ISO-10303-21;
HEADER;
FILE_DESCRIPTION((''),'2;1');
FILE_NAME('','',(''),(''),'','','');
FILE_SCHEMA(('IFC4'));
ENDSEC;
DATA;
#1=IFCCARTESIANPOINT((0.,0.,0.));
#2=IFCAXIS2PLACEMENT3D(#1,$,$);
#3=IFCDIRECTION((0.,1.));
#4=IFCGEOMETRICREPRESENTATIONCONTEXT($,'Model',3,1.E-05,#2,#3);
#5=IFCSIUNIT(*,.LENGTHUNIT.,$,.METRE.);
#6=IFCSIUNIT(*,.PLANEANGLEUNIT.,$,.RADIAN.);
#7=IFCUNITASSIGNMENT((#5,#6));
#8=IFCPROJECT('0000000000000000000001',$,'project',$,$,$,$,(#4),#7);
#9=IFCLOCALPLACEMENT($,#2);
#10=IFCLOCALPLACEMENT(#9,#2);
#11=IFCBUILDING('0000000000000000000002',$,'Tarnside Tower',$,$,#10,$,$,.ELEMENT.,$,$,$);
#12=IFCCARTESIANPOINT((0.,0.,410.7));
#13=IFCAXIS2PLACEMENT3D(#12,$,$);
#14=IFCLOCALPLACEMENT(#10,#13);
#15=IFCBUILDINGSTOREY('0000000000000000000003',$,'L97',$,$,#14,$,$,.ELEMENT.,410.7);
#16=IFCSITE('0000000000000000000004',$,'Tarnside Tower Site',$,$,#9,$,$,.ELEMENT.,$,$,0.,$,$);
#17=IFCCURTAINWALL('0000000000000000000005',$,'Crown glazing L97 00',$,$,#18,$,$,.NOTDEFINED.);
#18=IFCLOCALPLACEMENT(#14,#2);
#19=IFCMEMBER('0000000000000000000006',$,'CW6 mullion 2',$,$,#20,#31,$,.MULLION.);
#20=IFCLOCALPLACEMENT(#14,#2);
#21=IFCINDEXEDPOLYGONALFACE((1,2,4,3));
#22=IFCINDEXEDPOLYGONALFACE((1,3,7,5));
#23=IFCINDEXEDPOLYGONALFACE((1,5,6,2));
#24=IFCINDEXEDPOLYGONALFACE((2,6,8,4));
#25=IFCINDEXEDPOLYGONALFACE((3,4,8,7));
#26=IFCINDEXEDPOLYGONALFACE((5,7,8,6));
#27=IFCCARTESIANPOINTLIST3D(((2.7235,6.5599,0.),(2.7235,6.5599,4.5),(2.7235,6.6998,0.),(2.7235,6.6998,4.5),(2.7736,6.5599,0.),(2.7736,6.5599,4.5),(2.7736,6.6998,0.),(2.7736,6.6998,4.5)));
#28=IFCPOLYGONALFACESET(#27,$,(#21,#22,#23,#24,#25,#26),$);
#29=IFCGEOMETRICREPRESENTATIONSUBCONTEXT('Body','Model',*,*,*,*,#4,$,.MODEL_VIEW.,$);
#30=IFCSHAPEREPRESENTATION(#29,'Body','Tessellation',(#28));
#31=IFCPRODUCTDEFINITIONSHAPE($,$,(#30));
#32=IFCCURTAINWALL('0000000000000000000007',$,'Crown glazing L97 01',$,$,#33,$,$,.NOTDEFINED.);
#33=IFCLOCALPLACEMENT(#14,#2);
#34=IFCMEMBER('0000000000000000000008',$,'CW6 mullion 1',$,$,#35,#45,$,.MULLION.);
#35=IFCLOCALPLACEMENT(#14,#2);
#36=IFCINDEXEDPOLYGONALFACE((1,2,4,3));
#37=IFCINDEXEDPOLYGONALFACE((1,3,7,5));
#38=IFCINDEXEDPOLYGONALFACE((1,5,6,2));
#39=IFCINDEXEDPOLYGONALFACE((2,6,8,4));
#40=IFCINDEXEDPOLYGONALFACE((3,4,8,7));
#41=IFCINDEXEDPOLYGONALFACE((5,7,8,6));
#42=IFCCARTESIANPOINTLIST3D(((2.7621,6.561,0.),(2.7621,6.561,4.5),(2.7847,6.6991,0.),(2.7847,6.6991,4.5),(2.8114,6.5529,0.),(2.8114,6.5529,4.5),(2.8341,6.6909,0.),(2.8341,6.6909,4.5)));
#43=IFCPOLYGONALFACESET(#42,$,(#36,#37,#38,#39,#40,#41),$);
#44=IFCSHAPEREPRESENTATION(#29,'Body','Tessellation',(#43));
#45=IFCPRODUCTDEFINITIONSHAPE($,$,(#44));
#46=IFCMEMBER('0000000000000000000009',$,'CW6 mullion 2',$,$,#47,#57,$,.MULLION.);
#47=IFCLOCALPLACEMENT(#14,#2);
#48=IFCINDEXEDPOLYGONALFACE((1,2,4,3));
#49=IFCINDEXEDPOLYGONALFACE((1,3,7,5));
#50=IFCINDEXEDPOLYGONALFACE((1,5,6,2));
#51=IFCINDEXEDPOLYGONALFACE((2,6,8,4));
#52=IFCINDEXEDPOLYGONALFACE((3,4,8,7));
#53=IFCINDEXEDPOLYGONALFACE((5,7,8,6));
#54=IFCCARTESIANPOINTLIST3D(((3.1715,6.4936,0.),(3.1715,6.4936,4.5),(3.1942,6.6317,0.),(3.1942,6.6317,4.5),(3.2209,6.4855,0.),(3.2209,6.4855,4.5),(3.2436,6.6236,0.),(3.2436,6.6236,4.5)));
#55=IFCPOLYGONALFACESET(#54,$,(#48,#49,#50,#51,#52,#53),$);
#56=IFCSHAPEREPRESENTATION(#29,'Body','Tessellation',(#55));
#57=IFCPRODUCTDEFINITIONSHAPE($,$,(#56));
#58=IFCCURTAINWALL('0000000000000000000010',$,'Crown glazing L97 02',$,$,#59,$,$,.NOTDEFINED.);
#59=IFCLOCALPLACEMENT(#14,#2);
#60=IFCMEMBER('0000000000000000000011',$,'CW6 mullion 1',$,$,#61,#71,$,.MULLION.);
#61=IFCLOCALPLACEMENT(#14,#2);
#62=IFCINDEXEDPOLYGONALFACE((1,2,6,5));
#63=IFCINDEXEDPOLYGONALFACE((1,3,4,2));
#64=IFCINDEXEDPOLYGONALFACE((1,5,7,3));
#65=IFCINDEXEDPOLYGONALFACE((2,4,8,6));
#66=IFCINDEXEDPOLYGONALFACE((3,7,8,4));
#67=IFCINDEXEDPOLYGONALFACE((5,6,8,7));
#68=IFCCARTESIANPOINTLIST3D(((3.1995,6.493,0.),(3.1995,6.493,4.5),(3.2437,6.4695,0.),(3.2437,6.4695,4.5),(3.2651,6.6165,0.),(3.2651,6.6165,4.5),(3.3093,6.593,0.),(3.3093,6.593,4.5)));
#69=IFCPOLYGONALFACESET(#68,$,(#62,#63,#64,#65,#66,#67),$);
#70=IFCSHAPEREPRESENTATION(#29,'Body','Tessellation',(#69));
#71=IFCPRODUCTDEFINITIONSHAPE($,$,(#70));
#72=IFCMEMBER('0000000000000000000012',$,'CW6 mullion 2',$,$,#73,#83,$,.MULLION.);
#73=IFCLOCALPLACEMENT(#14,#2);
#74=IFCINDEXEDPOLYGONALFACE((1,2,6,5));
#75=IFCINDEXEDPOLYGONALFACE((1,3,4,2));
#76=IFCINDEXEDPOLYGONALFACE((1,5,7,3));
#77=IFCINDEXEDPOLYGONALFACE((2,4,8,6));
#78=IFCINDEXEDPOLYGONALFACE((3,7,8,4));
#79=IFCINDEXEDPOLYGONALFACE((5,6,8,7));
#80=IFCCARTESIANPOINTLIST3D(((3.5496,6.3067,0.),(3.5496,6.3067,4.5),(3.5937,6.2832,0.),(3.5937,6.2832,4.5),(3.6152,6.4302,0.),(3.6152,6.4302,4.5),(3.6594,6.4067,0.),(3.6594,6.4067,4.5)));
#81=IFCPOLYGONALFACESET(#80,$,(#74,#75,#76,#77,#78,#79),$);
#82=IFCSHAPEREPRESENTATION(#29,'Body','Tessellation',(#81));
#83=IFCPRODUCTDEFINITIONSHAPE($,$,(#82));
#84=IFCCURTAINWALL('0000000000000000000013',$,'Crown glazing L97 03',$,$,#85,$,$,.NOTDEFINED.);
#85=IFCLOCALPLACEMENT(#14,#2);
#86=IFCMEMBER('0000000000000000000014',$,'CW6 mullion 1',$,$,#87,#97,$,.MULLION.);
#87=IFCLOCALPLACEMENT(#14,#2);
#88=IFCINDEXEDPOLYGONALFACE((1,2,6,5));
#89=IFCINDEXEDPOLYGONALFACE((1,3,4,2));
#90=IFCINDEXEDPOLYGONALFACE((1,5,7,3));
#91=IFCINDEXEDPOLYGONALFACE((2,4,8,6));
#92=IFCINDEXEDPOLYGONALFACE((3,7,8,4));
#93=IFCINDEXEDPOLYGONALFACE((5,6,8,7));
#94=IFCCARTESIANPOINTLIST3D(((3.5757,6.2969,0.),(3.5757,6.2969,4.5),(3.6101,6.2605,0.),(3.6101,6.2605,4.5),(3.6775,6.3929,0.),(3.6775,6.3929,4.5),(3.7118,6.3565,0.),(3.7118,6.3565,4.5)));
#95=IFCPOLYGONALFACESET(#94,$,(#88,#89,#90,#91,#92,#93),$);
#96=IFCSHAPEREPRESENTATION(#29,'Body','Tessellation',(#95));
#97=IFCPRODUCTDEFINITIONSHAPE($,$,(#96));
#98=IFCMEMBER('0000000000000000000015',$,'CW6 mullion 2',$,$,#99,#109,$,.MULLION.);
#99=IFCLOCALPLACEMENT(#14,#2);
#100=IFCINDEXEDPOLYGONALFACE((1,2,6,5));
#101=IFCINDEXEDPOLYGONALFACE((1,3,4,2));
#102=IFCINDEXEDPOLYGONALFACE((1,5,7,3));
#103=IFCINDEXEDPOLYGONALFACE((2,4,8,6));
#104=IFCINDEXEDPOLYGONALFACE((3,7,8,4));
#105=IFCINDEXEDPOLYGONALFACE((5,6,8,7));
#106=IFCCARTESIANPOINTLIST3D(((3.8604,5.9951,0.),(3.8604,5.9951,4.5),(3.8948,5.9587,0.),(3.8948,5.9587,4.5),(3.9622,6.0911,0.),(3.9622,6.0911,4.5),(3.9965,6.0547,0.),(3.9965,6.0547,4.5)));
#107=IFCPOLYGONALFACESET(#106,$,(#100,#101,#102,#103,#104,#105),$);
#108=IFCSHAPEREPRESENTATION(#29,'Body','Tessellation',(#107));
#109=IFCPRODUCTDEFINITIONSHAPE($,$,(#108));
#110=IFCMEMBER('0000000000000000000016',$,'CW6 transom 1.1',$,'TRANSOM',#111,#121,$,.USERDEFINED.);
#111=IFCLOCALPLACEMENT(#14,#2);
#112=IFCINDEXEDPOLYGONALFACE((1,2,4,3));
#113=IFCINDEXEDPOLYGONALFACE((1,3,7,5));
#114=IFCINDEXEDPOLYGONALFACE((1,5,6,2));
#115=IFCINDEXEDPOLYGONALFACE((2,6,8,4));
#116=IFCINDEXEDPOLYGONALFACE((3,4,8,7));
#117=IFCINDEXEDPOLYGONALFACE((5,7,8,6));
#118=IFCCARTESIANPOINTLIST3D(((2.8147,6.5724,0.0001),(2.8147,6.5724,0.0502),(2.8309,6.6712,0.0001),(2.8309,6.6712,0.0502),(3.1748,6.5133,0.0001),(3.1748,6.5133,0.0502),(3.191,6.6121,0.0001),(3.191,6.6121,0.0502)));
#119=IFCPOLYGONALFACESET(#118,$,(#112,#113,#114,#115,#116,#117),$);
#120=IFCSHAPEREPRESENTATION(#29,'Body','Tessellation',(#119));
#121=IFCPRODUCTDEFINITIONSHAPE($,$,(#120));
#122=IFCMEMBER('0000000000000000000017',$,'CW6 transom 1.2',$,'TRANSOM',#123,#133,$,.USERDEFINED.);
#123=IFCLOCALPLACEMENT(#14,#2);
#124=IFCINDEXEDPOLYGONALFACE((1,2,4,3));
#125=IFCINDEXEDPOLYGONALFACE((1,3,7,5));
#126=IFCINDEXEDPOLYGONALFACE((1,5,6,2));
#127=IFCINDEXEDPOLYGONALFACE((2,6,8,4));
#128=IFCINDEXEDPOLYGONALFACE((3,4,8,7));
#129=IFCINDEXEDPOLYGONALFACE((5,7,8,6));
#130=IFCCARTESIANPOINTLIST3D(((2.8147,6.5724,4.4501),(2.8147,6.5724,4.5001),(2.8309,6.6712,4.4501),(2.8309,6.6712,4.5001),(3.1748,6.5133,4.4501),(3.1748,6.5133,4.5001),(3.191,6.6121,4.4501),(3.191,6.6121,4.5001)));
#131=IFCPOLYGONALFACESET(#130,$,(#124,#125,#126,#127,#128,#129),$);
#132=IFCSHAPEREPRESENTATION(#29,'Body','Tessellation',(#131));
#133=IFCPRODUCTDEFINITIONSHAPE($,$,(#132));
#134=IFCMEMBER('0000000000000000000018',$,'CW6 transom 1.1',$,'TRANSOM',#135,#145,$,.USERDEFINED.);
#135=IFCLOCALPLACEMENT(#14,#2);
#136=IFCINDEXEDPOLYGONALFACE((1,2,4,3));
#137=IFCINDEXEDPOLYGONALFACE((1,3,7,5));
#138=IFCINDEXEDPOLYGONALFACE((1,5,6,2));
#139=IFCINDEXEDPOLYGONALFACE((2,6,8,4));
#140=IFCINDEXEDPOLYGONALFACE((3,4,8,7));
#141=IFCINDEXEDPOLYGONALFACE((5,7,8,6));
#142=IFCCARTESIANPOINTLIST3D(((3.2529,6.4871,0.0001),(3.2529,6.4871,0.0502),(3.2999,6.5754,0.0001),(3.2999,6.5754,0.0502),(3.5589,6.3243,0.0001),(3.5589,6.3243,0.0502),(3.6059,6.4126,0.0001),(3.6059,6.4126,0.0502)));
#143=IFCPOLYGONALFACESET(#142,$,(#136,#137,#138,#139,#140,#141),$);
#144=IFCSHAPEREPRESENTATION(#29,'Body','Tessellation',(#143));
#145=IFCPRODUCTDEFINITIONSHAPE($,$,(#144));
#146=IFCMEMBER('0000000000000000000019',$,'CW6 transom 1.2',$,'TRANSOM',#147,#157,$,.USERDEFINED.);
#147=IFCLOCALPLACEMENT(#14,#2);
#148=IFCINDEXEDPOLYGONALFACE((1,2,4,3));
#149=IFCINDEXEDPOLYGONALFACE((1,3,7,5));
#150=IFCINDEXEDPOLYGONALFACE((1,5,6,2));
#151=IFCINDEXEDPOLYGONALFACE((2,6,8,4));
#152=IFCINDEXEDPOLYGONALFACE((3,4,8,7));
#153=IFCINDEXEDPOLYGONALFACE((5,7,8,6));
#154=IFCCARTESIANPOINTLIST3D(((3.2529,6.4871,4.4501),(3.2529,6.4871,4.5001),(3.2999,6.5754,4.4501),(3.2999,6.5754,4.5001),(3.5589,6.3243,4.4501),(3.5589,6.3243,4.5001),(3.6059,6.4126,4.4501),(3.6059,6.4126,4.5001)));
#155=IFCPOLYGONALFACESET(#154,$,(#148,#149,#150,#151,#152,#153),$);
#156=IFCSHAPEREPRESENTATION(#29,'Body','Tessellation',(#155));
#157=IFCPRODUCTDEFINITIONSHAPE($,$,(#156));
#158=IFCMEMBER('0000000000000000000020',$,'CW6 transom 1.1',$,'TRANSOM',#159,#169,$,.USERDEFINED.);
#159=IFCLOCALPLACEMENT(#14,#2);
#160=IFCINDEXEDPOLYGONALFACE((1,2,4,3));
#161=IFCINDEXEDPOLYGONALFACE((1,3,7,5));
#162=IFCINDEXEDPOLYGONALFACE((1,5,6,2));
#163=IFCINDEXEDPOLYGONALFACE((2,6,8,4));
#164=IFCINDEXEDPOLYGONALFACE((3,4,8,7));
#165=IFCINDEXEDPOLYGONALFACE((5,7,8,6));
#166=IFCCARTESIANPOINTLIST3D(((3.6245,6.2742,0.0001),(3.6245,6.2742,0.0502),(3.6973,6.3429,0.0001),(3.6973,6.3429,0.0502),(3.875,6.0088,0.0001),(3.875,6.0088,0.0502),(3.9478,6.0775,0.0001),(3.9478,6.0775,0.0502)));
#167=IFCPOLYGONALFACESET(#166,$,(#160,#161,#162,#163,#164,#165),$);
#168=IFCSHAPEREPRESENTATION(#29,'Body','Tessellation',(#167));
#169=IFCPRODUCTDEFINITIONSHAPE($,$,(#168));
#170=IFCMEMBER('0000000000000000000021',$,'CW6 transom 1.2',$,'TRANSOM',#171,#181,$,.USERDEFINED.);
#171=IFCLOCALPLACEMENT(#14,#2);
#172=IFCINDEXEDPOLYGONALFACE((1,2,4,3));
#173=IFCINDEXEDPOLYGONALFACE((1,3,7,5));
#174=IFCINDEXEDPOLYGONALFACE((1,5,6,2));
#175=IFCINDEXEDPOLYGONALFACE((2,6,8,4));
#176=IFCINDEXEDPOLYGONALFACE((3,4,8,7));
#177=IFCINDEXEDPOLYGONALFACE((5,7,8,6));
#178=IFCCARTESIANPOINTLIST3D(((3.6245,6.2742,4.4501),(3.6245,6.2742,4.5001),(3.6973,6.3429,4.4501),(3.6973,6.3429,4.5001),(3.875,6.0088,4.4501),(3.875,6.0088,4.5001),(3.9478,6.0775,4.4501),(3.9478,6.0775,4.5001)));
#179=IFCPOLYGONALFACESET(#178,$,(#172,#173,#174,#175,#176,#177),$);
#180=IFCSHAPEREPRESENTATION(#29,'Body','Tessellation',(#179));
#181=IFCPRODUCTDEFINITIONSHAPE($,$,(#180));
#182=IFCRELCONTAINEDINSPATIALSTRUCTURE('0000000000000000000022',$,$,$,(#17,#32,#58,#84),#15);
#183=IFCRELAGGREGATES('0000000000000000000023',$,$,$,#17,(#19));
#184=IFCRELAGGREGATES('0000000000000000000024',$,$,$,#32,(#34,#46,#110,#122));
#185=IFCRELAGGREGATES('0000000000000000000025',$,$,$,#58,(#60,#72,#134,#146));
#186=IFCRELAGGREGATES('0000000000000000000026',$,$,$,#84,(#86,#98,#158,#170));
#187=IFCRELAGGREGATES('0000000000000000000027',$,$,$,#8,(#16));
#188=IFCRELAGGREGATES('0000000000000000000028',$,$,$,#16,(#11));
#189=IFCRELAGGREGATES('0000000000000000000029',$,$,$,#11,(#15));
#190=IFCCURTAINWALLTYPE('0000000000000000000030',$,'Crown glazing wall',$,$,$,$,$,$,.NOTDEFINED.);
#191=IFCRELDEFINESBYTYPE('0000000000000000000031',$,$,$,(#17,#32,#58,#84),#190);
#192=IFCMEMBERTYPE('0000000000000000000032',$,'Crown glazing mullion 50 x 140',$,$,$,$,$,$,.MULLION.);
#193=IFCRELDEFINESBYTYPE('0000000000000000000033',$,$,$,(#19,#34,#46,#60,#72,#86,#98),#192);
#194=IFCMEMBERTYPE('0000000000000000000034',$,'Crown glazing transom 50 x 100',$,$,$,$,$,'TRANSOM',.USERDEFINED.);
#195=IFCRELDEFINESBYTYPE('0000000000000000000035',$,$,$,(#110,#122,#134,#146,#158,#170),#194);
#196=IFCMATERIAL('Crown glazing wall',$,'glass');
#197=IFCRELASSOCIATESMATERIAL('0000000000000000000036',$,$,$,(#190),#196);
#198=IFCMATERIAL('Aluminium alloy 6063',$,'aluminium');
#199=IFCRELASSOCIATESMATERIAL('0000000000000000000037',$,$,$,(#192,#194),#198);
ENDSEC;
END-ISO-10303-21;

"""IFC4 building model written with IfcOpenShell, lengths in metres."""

from ifc_helpers import new_model, si_unit, direction, frame, origin, origin_2d, place, context, subcontext, project, spatial, rectangle, extrude, material, material_profile, profile_set, type_object, element, aggregate, save


model = new_model("IFC4")

# Units and contexts
model_context = context("Model", 3, precision=1e-05, world=origin(), true_north=direction((0.0, 1.0)))
body_context = subcontext(model_context, "Body", "Model", "MODEL_VIEW")
ifc_project = project(units=[si_unit("LENGTHUNIT", "METRE"), si_unit("PLANEANGLEUNIT", "RADIAN")], contexts=[model_context])

# Site, building, storey
site_placement = place(None, origin())
site = spatial("IfcSite", under=ifc_project, at=site_placement, Name="Tarnside Tower Site", CompositionType="ELEMENT", RefElevation=0.0)
building_placement = place(site_placement, origin())
building = spatial("IfcBuilding", under=site, at=building_placement, Name="Tarnside Tower", CompositionType="ELEMENT")
storey_placement = place(building_placement, frame((0.0, 0.0, 410.7)))
storey = spatial("IfcBuildingStorey", under=building, at=storey_placement, Name="L97", CompositionType="ELEMENT", Elevation=410.7)

# Curtain wall, member
ifc_material_1 = material(Name="Crown glazing wall", Category="glass")
curtain_wall_type_1 = type_object("IfcCurtainWallType", Name="Crown glazing wall", PredefinedType="NOTDEFINED", material=ifc_material_1)
curtain_wall_1_placement = place(storey_placement, origin())
curtain_wall_1 = element("IfcCurtainWall", 1, at=curtain_wall_1_placement, inside=storey, type_object=curtain_wall_type_1, Name="Crown glazing L97 00", PredefinedType="NOTDEFINED")
ifc_material_2 = material(Name="Aluminium alloy 6063", Category="aluminium")
ifc_material_profile_1 = material_profile(ifc_material_2, rectangle(XDim=0.1399, YDim=0.05, at=origin_2d()), Name="Crown glazing mullion 50 x 140")
ifc_profile_set_1 = profile_set([ifc_material_profile_1], Name="Aluminium alloy 6063")
member_type_1 = type_object("IfcMemberType", Name="Crown glazing mullion 50 x 140", PredefinedType="MULLION", material=ifc_profile_set_1)
member_1_placement = place(storey_placement, frame((2.7485, 6.6299, 0.0), z_axis=(0.0, 0.0, 1.0), x_axis=(0.0, 1.0, 0.0)))
member_1 = element("IfcMember", 2, at=member_1_placement, type_object=member_type_1, Name="CW6 mullion 2", PredefinedType="MULLION", context=body_context, shape_type="SweptSolid", body=[
    extrude(rectangle(XDim=0.1399, YDim=0.05, at=origin_2d()), origin(), (0.0, 0.0, 1.0), 4.5),
])
aggregate(curtain_wall_1, [member_1])

# Curtain walls, members
curtain_wall_2_placement = place(storey_placement, origin())
curtain_wall_2 = element("IfcCurtainWall", 3, at=curtain_wall_2_placement, inside=storey, type_object=curtain_wall_type_1, Name="Crown glazing L97 01", PredefinedType="NOTDEFINED")
member_2_placement = place(storey_placement, frame((2.7981, 6.626, 0.0), z_axis=(0.0, 0.0, 1.0), x_axis=(0.162178, 0.986762, 0.0)))
member_2 = element("IfcMember", 4, at=member_2_placement, type_object=member_type_1, Name="CW6 mullion 1", PredefinedType="MULLION", context=body_context, shape_type="SweptSolid", body=[
    extrude(rectangle(XDim=0.1399, YDim=0.05, at=origin_2d()), origin(), (0.0, 0.0, 1.0), 4.5),
])
member_3_placement = place(storey_placement, frame((3.2075, 6.5586, 0.0), z_axis=(0.0, 0.0, 1.0), x_axis=(0.162178, 0.986762, 0.0)))
member_3 = element("IfcMember", 5, at=member_3_placement, type_object=member_type_1, Name="CW6 mullion 2", PredefinedType="MULLION", context=body_context, shape_type="SweptSolid", body=[
    extrude(rectangle(XDim=0.1399, YDim=0.05, at=origin_2d()), origin(), (0.0, 0.0, 1.0), 4.5),
])
curtain_wall_3_placement = place(storey_placement, origin())
curtain_wall_3 = element("IfcCurtainWall", 6, at=curtain_wall_3_placement, inside=storey, type_object=curtain_wall_type_1, Name="Crown glazing L97 02", PredefinedType="NOTDEFINED")
member_4_placement = place(storey_placement, frame((3.2544, 6.543, 0.0), z_axis=(0.0, 0.0, 1.0), x_axis=(0.469472, 0.882948, 0.0)))
member_4 = element("IfcMember", 7, at=member_4_placement, type_object=member_type_1, Name="CW6 mullion 1", PredefinedType="MULLION", context=body_context, shape_type="SweptSolid", body=[
    extrude(rectangle(XDim=0.1399, YDim=0.05, at=origin_2d()), origin(), (0.0, 0.0, 1.0), 4.5),
])
member_5_placement = place(storey_placement, frame((3.6045, 6.3567, 0.0), z_axis=(0.0, 0.0, 1.0), x_axis=(0.469472, 0.882948, 0.0)))
member_5 = element("IfcMember", 8, at=member_5_placement, type_object=member_type_1, Name="CW6 mullion 2", PredefinedType="MULLION", context=body_context, shape_type="SweptSolid", body=[
    extrude(rectangle(XDim=0.1399, YDim=0.05, at=origin_2d()), origin(), (0.0, 0.0, 1.0), 4.5),
])
curtain_wall_4_placement = place(storey_placement, origin())
curtain_wall_4 = element("IfcCurtainWall", 9, at=curtain_wall_4_placement, inside=storey, type_object=curtain_wall_type_1, Name="Crown glazing L97 03", PredefinedType="NOTDEFINED")
member_6_placement = place(storey_placement, frame((3.6438, 6.3267, 0.0), z_axis=(0.0, 0.0, 1.0), x_axis=(0.727374, 0.686242, 0.0)))
member_6 = element("IfcMember", 10, at=member_6_placement, type_object=member_type_1, Name="CW6 mullion 1", PredefinedType="MULLION", context=body_context, shape_type="SweptSolid", body=[
    extrude(rectangle(XDim=0.1399, YDim=0.05, at=origin_2d()), origin(), (0.0, 0.0, 1.0), 4.5),
])
member_7_placement = place(storey_placement, frame((3.9285, 6.0249, 0.0), z_axis=(0.0, 0.0, 1.0), x_axis=(0.727374, 0.686242, 0.0)))
member_7 = element("IfcMember", 11, at=member_7_placement, type_object=member_type_1, Name="CW6 mullion 2", PredefinedType="MULLION", context=body_context, shape_type="SweptSolid", body=[
    extrude(rectangle(XDim=0.1399, YDim=0.05, at=origin_2d()), origin(), (0.0, 0.0, 1.0), 4.5),
])

# Members
ifc_material_profile_2 = material_profile(ifc_material_2, rectangle(XDim=0.1001, YDim=0.05, at=origin_2d()), Name="Crown glazing transom 50 x 100")
ifc_profile_set_2 = profile_set([ifc_material_profile_2], Name="Aluminium alloy 6063")
member_type_2 = type_object("IfcMemberType", Name="Crown glazing transom 50 x 100", ElementType="TRANSOM", PredefinedType="USERDEFINED", material=ifc_profile_set_2)
member_8_placement = place(storey_placement, frame((2.8228, 6.6218, 0.0251), z_axis=(0.986807, -0.161903, 0.0), x_axis=(0.161903, 0.986807, 0.0)))
member_8 = element("IfcMember", 12, at=member_8_placement, type_object=member_type_2, Name="CW6 transom 1.1", ObjectType="TRANSOM", PredefinedType="USERDEFINED", context=body_context, shape_type="SweptSolid", body=[
    extrude(rectangle(XDim=0.1001, YDim=0.05, at=origin_2d()), origin(), (0.0, 0.0, 1.0), 0.365),
])
member_9_placement = place(storey_placement, frame((2.8228, 6.6218, 4.4751), z_axis=(0.986807, -0.161903, 0.0), x_axis=(0.161903, 0.986807, 0.0)))
member_9 = element("IfcMember", 13, at=member_9_placement, type_object=member_type_2, Name="CW6 transom 1.2", ObjectType="TRANSOM", PredefinedType="USERDEFINED", context=body_context, shape_type="SweptSolid", body=[
    extrude(rectangle(XDim=0.1001, YDim=0.05, at=origin_2d()), origin(), (0.0, 0.0, 1.0), 0.365),
])
member_10_placement = place(storey_placement, frame((3.2764, 6.5312, 0.0251), z_axis=(0.882879, -0.469601, 0.0), x_axis=(0.469601, 0.882879, 0.0)))
member_10 = element("IfcMember", 14, at=member_10_placement, type_object=member_type_2, Name="CW6 transom 1.1", ObjectType="TRANSOM", PredefinedType="USERDEFINED", context=body_context, shape_type="SweptSolid", body=[
    extrude(rectangle(XDim=0.1001, YDim=0.05, at=origin_2d()), origin(), (0.0, 0.0, 1.0), 0.3467),
])
member_11_placement = place(storey_placement, frame((3.2764, 6.5312, 4.4751), z_axis=(0.882879, -0.469601, 0.0), x_axis=(0.469601, 0.882879, 0.0)))
member_11 = element("IfcMember", 15, at=member_11_placement, type_object=member_type_2, Name="CW6 transom 1.2", ObjectType="TRANSOM", PredefinedType="USERDEFINED", context=body_context, shape_type="SweptSolid", body=[
    extrude(rectangle(XDim=0.1001, YDim=0.05, at=origin_2d()), origin(), (0.0, 0.0, 1.0), 0.3467),
])
member_12_placement = place(storey_placement, frame((3.6609, 6.3086, 0.0251), z_axis=(0.686407, -0.727217, 0.0), x_axis=(0.727217, 0.686407, 0.0)))
member_12 = element("IfcMember", 16, at=member_12_placement, type_object=member_type_2, Name="CW6 transom 1.1", ObjectType="TRANSOM", PredefinedType="USERDEFINED", context=body_context, shape_type="SweptSolid", body=[
    extrude(rectangle(XDim=0.1001, YDim=0.05, at=origin_2d()), origin(), (0.0, 0.0, 1.0), 0.365),
])
member_13_placement = place(storey_placement, frame((3.6609, 6.3086, 4.4751), z_axis=(0.686407, -0.727217, 0.0), x_axis=(0.727217, 0.686407, 0.0)))
member_13 = element("IfcMember", 17, at=member_13_placement, type_object=member_type_2, Name="CW6 transom 1.2", ObjectType="TRANSOM", PredefinedType="USERDEFINED", context=body_context, shape_type="SweptSolid", body=[
    extrude(rectangle(XDim=0.1001, YDim=0.05, at=origin_2d()), origin(), (0.0, 0.0, 1.0), 0.365),
])

aggregate(curtain_wall_2, [member_2, member_3, member_8, member_9])
aggregate(curtain_wall_3, [member_4, member_5, member_10, member_11])
aggregate(curtain_wall_4, [member_6, member_7, member_12, member_13])

save(model, "model.ifc")
